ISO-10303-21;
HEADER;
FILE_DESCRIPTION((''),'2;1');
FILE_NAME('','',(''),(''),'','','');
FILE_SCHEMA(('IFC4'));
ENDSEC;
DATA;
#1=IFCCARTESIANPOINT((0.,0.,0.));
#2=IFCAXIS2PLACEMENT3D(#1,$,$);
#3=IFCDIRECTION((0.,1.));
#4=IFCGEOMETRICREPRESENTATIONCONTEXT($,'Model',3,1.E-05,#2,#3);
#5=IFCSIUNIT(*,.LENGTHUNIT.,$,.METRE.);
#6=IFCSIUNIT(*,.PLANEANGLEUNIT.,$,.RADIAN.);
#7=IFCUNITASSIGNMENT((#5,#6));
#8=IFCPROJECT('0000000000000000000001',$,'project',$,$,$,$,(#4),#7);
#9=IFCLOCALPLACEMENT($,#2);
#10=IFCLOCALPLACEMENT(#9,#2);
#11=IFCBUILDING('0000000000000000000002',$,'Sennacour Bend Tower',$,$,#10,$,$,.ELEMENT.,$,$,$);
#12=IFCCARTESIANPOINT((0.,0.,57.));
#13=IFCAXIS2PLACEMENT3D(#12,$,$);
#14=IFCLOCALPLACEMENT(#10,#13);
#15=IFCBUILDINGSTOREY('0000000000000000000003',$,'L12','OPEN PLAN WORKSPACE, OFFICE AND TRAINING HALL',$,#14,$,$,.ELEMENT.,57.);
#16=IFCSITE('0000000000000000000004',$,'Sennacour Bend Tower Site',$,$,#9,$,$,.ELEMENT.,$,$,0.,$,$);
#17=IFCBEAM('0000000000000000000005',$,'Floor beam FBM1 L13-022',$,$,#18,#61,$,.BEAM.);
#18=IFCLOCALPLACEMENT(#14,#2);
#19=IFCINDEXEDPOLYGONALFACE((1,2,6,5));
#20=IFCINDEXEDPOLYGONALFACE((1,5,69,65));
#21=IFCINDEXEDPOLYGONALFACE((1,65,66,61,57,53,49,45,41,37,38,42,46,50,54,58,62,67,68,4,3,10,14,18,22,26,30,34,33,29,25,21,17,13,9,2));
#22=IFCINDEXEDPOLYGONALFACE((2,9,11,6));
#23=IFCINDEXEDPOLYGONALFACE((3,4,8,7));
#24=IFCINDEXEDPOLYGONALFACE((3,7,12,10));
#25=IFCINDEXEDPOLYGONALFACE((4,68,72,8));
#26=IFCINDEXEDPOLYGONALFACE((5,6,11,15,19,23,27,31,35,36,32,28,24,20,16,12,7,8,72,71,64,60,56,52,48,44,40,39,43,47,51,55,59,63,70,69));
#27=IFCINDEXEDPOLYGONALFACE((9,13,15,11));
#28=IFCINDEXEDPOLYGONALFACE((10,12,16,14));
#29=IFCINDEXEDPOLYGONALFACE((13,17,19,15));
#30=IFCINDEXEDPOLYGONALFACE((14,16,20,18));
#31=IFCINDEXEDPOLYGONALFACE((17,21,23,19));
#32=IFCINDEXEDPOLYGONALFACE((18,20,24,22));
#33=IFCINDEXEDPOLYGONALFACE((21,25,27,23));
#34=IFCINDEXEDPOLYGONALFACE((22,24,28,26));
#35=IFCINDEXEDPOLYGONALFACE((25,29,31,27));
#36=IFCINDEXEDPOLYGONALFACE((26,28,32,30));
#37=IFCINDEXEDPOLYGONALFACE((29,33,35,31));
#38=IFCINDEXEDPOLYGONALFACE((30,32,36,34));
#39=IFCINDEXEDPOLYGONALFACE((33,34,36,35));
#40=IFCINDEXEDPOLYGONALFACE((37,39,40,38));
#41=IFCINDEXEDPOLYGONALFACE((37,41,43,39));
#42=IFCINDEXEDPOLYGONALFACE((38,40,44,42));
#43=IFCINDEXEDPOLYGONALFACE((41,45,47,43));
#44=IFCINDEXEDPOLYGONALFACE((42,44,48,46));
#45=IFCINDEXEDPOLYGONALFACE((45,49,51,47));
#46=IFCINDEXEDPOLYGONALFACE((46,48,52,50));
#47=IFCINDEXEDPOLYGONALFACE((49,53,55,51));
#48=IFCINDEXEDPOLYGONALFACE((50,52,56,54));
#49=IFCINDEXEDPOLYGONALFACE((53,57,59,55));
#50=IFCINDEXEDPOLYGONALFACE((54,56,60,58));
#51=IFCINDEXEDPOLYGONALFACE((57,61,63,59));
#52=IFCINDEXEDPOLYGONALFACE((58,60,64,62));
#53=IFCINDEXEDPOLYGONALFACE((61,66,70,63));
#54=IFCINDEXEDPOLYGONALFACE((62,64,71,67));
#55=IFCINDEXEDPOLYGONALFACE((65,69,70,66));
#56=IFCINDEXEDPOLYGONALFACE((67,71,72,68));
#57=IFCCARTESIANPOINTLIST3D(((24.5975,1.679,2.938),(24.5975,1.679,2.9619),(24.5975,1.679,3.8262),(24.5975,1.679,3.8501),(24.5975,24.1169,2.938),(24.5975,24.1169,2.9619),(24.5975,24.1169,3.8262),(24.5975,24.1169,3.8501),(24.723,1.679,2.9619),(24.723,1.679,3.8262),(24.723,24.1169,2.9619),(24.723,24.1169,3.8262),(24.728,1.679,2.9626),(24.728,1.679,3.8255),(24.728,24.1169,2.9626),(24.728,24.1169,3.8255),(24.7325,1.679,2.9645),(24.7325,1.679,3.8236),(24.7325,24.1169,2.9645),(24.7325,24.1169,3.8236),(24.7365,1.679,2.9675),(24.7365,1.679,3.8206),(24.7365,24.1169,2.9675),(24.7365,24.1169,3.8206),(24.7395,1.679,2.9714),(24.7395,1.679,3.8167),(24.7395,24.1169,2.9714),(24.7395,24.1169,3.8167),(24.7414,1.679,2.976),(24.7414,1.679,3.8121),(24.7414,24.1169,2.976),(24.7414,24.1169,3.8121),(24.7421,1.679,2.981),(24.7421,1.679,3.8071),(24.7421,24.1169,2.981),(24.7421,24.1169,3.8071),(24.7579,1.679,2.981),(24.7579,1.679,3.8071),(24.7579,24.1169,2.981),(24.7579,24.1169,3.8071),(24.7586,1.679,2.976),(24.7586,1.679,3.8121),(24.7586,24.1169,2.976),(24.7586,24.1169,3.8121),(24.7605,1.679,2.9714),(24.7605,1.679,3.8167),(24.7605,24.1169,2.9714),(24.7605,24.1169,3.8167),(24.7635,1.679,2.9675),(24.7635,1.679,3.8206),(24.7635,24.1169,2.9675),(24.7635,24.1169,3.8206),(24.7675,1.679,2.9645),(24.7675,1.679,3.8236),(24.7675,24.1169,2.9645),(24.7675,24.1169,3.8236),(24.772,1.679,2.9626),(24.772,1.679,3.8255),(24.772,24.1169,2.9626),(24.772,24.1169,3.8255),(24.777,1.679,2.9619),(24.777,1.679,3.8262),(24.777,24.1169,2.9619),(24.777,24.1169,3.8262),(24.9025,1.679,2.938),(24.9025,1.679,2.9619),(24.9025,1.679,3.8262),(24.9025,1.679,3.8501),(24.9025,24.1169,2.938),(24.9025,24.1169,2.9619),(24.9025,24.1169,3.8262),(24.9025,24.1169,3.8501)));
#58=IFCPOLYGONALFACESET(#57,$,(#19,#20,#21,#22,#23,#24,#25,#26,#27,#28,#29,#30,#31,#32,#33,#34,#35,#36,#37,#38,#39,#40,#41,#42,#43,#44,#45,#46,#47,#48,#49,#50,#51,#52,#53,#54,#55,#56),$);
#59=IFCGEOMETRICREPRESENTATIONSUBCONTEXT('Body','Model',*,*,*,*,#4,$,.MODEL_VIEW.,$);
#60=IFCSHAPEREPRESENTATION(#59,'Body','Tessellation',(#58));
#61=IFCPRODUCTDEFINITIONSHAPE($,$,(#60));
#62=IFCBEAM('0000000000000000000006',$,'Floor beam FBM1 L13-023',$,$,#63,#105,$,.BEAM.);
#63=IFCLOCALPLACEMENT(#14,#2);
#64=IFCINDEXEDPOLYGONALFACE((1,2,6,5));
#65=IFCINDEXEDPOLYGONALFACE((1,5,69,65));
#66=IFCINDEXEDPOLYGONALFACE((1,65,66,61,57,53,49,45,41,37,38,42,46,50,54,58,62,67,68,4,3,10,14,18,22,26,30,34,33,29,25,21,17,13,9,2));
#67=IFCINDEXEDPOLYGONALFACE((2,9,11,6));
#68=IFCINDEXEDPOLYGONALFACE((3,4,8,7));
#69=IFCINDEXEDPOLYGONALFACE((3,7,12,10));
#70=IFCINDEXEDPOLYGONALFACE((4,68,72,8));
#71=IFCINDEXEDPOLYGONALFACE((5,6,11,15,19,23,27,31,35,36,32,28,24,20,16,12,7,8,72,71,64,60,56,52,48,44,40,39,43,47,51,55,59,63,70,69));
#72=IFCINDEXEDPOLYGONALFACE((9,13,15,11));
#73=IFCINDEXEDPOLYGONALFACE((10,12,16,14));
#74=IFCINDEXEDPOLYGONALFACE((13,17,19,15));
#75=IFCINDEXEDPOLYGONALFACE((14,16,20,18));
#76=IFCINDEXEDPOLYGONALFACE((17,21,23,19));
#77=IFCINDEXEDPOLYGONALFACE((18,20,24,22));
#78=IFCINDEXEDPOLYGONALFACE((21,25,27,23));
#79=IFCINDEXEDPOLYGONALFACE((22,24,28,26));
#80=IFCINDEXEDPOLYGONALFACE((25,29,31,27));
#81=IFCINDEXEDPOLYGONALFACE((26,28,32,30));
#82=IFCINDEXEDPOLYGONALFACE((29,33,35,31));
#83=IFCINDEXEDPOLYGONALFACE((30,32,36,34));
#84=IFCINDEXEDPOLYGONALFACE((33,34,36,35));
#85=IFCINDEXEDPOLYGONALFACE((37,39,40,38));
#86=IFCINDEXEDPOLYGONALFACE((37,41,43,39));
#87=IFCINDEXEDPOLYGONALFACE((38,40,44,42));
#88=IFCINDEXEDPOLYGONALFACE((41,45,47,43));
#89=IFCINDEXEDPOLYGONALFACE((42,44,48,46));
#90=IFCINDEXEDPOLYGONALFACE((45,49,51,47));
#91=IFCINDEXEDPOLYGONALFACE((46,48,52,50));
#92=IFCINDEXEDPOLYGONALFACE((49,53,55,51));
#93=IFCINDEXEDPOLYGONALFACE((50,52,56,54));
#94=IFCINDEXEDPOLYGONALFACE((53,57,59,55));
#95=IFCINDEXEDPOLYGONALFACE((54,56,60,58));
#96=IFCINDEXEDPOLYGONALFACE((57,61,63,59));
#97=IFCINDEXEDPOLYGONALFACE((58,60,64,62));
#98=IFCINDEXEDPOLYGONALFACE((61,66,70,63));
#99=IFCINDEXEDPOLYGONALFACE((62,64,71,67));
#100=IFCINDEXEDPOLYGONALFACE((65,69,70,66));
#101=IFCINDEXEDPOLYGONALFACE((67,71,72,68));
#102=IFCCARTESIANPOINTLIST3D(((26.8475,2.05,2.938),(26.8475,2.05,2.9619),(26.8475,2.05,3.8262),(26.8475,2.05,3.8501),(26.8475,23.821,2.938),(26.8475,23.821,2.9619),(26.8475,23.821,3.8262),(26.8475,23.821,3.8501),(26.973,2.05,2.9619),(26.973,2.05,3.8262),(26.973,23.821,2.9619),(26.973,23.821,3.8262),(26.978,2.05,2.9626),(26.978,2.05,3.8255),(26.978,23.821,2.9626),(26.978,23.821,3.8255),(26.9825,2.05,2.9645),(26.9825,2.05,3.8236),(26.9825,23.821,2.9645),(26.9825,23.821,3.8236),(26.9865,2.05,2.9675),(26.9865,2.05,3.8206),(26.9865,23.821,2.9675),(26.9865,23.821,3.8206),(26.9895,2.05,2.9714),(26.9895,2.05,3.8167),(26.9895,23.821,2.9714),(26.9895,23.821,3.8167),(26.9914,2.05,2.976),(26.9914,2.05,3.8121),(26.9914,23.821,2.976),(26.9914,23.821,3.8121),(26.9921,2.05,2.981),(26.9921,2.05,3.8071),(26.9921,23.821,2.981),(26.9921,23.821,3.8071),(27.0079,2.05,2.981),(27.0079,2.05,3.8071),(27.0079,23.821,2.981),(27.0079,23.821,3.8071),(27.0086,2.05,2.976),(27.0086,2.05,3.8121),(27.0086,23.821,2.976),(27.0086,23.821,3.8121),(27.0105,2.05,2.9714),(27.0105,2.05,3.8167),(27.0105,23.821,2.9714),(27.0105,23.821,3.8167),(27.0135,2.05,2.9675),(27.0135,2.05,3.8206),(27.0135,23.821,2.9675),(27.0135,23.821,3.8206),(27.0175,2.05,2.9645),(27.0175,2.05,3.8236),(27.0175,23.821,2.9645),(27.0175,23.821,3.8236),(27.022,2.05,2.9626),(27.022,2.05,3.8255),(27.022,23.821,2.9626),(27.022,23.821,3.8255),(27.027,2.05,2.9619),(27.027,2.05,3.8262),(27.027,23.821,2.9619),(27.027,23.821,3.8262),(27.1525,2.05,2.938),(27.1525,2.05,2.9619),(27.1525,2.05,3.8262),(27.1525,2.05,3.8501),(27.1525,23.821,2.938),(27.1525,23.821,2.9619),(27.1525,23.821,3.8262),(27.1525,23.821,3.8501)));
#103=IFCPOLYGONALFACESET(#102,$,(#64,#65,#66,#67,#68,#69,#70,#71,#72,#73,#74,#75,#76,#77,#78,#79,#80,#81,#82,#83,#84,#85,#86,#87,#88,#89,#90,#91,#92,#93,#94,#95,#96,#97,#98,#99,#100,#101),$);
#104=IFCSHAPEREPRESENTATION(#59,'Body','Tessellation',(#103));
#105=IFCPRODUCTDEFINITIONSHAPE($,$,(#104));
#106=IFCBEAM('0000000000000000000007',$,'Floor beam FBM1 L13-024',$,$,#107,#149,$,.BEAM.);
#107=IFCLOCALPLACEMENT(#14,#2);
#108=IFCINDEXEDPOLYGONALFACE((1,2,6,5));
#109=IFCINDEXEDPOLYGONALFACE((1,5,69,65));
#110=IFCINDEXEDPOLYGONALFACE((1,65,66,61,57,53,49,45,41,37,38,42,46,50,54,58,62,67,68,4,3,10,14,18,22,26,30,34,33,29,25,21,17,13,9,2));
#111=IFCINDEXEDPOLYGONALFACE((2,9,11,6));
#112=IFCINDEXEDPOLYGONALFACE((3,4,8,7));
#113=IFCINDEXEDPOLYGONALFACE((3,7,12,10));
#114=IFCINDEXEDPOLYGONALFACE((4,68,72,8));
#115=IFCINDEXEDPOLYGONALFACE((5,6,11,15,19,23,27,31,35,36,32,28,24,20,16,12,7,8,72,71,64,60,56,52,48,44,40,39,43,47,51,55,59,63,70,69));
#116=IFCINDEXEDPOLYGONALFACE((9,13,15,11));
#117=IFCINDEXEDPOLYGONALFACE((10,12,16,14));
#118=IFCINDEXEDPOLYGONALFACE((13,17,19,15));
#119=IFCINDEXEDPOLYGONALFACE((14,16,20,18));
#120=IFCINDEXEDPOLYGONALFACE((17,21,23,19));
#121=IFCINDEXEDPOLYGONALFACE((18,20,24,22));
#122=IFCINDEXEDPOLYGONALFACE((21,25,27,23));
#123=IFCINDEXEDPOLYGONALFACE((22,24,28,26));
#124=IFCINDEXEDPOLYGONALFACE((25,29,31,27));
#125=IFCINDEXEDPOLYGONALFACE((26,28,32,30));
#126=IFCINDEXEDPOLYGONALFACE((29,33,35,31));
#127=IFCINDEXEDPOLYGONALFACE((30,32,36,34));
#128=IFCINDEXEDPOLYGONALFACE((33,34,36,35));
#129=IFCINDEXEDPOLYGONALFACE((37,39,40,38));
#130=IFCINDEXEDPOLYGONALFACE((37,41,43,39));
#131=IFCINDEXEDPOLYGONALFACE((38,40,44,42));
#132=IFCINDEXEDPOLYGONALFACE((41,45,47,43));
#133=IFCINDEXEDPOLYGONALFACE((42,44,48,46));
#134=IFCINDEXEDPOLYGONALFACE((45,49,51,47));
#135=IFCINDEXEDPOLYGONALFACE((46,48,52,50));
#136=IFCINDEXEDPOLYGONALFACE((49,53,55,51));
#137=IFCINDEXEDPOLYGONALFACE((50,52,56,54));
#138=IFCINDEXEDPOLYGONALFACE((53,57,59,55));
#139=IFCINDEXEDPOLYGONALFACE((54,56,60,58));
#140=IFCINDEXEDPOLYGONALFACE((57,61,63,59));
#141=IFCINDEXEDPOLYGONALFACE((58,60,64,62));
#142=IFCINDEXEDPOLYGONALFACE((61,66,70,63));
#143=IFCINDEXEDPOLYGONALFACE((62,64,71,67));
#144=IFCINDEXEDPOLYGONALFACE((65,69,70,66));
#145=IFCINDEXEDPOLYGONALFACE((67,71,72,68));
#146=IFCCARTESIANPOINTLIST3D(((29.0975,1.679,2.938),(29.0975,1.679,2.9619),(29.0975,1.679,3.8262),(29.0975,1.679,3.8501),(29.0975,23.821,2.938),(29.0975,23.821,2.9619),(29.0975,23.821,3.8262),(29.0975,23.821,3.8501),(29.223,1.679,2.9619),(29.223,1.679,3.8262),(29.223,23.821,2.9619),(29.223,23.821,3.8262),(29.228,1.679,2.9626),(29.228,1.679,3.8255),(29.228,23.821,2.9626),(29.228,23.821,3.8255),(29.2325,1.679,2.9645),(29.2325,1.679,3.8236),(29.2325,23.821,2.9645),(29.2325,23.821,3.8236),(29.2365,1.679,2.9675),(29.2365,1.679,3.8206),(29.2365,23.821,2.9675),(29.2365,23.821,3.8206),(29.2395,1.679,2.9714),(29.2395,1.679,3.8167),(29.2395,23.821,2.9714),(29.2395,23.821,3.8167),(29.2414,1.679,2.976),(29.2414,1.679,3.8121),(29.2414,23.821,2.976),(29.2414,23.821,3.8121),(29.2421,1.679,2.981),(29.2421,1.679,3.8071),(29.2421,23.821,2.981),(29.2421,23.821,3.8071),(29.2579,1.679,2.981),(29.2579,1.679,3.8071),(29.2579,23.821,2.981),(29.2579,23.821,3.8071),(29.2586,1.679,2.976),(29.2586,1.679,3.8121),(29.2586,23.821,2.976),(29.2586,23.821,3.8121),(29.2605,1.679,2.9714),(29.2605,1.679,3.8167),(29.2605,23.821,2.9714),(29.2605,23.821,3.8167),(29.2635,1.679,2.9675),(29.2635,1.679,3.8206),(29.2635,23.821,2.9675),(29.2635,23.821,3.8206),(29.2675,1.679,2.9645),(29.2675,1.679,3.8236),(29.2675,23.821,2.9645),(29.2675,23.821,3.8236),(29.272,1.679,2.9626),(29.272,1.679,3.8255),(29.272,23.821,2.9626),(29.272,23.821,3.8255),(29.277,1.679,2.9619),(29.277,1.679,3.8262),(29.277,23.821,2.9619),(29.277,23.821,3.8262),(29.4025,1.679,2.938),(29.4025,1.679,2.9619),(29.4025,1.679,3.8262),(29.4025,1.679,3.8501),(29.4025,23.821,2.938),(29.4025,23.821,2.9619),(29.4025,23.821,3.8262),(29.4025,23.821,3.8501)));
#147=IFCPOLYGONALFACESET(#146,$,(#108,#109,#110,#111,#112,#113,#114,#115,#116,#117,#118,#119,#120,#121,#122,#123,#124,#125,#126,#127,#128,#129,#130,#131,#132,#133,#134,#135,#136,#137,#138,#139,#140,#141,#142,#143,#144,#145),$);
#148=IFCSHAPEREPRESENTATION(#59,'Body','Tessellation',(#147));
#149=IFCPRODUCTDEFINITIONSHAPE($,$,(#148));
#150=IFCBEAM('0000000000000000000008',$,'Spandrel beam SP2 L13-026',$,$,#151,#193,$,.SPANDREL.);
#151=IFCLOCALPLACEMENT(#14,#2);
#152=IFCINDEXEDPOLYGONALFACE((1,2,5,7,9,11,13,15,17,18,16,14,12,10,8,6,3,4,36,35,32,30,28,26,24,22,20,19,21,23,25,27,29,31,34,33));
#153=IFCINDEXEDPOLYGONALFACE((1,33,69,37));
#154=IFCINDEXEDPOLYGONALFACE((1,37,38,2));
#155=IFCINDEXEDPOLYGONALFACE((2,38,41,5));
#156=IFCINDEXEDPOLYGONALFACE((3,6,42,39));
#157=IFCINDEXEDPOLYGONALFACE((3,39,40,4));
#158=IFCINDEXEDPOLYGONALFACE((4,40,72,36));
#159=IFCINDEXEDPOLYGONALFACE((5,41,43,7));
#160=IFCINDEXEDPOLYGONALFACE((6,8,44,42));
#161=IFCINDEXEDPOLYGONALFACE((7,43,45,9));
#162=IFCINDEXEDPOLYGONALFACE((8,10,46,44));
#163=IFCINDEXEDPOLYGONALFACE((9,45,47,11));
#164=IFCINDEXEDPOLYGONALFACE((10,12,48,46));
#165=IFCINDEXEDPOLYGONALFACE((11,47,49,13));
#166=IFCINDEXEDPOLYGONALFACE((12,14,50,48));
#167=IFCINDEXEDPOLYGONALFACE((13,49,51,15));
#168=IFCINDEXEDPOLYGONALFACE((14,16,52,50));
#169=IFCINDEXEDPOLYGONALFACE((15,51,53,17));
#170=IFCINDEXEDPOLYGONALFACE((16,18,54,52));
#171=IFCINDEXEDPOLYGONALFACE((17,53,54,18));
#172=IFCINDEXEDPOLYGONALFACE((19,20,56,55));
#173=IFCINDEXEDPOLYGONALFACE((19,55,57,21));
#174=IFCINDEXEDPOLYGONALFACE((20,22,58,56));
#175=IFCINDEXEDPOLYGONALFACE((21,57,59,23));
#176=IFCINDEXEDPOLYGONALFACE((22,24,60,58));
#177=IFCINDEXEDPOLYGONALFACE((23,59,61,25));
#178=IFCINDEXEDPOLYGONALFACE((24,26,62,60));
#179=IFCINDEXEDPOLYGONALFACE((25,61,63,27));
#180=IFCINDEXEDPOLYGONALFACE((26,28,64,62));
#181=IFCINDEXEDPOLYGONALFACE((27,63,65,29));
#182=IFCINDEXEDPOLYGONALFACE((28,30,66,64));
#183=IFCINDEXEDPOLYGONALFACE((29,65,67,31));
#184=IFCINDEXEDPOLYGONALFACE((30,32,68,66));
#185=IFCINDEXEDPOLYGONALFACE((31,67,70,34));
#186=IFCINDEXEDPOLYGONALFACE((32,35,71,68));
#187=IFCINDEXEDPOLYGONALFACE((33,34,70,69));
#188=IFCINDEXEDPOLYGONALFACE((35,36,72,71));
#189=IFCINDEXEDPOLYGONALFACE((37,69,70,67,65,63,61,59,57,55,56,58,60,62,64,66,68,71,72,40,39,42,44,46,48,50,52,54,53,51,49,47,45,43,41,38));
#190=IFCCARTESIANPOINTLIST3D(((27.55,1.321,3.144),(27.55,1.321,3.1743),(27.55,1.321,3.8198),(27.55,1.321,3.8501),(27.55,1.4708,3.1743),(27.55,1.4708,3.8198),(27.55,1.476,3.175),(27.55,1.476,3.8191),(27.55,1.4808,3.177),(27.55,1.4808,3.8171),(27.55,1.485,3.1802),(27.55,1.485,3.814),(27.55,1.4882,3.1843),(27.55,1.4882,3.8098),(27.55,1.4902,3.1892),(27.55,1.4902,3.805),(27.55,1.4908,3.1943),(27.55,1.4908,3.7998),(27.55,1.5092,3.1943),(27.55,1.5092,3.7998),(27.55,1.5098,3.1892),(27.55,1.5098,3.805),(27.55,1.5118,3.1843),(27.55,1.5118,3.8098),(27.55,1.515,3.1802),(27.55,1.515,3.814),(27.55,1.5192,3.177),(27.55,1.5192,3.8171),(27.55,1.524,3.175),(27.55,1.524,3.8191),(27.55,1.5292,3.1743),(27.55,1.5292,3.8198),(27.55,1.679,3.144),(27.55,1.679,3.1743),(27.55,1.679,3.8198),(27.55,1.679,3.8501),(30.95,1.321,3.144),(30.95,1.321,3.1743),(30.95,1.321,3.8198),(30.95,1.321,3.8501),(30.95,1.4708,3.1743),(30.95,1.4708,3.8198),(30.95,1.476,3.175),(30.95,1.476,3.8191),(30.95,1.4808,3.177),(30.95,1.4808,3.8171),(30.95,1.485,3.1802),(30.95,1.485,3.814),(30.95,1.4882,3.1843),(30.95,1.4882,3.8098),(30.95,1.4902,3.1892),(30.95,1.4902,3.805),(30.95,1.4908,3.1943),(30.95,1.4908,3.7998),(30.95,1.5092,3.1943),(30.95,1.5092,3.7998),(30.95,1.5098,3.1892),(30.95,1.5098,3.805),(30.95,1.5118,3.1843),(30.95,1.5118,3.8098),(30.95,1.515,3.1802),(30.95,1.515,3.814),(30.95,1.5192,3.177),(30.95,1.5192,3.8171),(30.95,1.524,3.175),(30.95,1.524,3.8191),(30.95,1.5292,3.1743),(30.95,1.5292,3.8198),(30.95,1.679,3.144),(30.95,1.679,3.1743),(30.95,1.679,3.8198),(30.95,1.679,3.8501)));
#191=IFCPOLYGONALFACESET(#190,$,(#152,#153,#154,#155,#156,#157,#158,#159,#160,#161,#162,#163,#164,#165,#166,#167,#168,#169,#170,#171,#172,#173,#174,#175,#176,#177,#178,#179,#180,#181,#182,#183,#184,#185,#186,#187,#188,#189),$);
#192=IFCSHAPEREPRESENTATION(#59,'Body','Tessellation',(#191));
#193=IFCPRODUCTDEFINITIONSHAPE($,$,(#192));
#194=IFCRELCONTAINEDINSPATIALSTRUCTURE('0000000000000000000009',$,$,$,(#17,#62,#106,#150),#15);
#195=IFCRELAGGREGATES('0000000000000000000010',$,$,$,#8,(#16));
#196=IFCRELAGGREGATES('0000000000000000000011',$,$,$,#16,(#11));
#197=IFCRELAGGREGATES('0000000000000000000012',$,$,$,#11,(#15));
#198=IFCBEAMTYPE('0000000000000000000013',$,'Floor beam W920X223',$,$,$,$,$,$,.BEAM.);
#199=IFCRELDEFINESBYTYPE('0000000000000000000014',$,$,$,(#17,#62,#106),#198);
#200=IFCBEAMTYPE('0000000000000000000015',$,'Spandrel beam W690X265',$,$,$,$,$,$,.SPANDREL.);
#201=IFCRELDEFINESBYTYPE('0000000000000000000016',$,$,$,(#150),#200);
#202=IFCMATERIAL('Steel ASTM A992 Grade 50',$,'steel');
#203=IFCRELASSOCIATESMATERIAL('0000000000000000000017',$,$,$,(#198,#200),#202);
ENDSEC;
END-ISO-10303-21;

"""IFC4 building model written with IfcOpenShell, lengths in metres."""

from ifc_helpers import new_model, si_unit, direction, frame, origin, origin_2d, place, context, subcontext, project, spatial, i_section, extrude, material, material_profile, profile_set, type_object, element, save


model = new_model("IFC4")

# Units and contexts
model_context = context("Model", 3, precision=1e-05, world=origin(), true_north=direction((0.0, 1.0)))
body_context = subcontext(model_context, "Body", "Model", "MODEL_VIEW")
ifc_project = project(units=[si_unit("LENGTHUNIT", "METRE"), si_unit("PLANEANGLEUNIT", "RADIAN")], contexts=[model_context])

# Site, building, storey
site_placement = place(None, origin())
site = spatial("IfcSite", under=ifc_project, at=site_placement, Name="Sennacour Bend Tower Site", CompositionType="ELEMENT", RefElevation=0.0)
building_placement = place(site_placement, origin())
building = spatial("IfcBuilding", under=site, at=building_placement, Name="Sennacour Bend Tower", CompositionType="ELEMENT")
storey_placement = place(building_placement, frame((0.0, 0.0, 57.0)))
storey = spatial("IfcBuildingStorey", under=building, at=storey_placement, Name="L12", Description="OPEN PLAN WORKSPACE, OFFICE AND TRAINING HALL", CompositionType="ELEMENT", Elevation=57.0)

# Beams
ifc_material_1 = material(Name="Steel ASTM A992 Grade 50", Category="steel")
ifc_material_profile_1 = material_profile(ifc_material_1, i_section(OverallWidth=0.3049, OverallDepth=0.9121, WebThickness=0.0159, FlangeThickness=0.0239, FilletRadius=0.019, at=origin_2d()), Name="Steel ASTM A992 Grade 50", Category="steel")
ifc_profile_set_1 = profile_set([ifc_material_profile_1], Name="Steel ASTM A992 Grade 50")
beam_type_1 = type_object("IfcBeamType", Name="Floor beam W920X223", PredefinedType="BEAM", material=ifc_profile_set_1)
beam_1_placement = place(storey_placement, frame((24.75, 1.679, 3.394), z_axis=(0.0, 1.0, 0.0), x_axis=(-1.0, 0.0, 0.0)))
element("IfcBeam", 1, at=beam_1_placement, inside=storey, type_object=beam_type_1, Name="Floor beam FBM1 L13-022", PredefinedType="BEAM", context=body_context, shape_type="SweptSolid", body=[
    extrude(i_section(OverallWidth=0.3049, OverallDepth=0.9121, WebThickness=0.0159, FlangeThickness=0.0239, FilletRadius=0.019, at=origin_2d()), origin(), (0.0, 0.0, 1.0), 22.438),
])
beam_2_placement = place(storey_placement, frame((27.0, 2.05, 3.394), z_axis=(0.0, 1.0, 0.0), x_axis=(-1.0, 0.0, 0.0)))
element("IfcBeam", 2, at=beam_2_placement, inside=storey, type_object=beam_type_1, Name="Floor beam FBM1 L13-023", PredefinedType="BEAM", context=body_context, shape_type="SweptSolid", body=[
    extrude(i_section(OverallWidth=0.3049, OverallDepth=0.9121, WebThickness=0.0159, FlangeThickness=0.0239, FilletRadius=0.019, at=origin_2d()), origin(), (0.0, 0.0, 1.0), 21.771),
])
beam_3_placement = place(storey_placement, frame((29.25, 1.679, 3.394), z_axis=(0.0, 1.0, 0.0), x_axis=(-1.0, 0.0, 0.0)))
element("IfcBeam", 3, at=beam_3_placement, inside=storey, type_object=beam_type_1, Name="Floor beam FBM1 L13-024", PredefinedType="BEAM", context=body_context, shape_type="SweptSolid", body=[
    extrude(i_section(OverallWidth=0.3049, OverallDepth=0.9121, WebThickness=0.0159, FlangeThickness=0.0239, FilletRadius=0.019, at=origin_2d()), origin(), (0.0, 0.0, 1.0), 22.1421),
])
ifc_material_profile_2 = material_profile(ifc_material_1, i_section(OverallWidth=0.3579, OverallDepth=0.7061, WebThickness=0.0183, FlangeThickness=0.0303, FilletRadius=0.02, at=origin_2d()), Name="Steel ASTM A992 Grade 50", Category="steel")
ifc_profile_set_2 = profile_set([ifc_material_profile_2], Name="Steel ASTM A992 Grade 50")
beam_type_2 = type_object("IfcBeamType", Name="Spandrel beam W690X265", PredefinedType="SPANDREL", material=ifc_profile_set_2)
for number, where, z_axis, x_axis, name in (
    (4, (30.95, 1.5, 3.4971), (-1.0, 0.0, 0.0), (0.0, -1.0, 0.0), "Spandrel beam SP2 L13-026"),
):
    element("IfcBeam", number, at=place(storey_placement, frame(where, z_axis=z_axis, x_axis=x_axis)), inside=storey, type_object=beam_type_2, Name=name, PredefinedType="SPANDREL", context=body_context, shape_type="SweptSolid", body=[
        extrude(i_section(OverallWidth=0.3579, OverallDepth=0.7061, WebThickness=0.0183, FlangeThickness=0.0303, FilletRadius=0.02, at=origin_2d()), origin(), (0.0, 0.0, 1.0), 3.3999),
    ])

save(model, "model.ifc")
